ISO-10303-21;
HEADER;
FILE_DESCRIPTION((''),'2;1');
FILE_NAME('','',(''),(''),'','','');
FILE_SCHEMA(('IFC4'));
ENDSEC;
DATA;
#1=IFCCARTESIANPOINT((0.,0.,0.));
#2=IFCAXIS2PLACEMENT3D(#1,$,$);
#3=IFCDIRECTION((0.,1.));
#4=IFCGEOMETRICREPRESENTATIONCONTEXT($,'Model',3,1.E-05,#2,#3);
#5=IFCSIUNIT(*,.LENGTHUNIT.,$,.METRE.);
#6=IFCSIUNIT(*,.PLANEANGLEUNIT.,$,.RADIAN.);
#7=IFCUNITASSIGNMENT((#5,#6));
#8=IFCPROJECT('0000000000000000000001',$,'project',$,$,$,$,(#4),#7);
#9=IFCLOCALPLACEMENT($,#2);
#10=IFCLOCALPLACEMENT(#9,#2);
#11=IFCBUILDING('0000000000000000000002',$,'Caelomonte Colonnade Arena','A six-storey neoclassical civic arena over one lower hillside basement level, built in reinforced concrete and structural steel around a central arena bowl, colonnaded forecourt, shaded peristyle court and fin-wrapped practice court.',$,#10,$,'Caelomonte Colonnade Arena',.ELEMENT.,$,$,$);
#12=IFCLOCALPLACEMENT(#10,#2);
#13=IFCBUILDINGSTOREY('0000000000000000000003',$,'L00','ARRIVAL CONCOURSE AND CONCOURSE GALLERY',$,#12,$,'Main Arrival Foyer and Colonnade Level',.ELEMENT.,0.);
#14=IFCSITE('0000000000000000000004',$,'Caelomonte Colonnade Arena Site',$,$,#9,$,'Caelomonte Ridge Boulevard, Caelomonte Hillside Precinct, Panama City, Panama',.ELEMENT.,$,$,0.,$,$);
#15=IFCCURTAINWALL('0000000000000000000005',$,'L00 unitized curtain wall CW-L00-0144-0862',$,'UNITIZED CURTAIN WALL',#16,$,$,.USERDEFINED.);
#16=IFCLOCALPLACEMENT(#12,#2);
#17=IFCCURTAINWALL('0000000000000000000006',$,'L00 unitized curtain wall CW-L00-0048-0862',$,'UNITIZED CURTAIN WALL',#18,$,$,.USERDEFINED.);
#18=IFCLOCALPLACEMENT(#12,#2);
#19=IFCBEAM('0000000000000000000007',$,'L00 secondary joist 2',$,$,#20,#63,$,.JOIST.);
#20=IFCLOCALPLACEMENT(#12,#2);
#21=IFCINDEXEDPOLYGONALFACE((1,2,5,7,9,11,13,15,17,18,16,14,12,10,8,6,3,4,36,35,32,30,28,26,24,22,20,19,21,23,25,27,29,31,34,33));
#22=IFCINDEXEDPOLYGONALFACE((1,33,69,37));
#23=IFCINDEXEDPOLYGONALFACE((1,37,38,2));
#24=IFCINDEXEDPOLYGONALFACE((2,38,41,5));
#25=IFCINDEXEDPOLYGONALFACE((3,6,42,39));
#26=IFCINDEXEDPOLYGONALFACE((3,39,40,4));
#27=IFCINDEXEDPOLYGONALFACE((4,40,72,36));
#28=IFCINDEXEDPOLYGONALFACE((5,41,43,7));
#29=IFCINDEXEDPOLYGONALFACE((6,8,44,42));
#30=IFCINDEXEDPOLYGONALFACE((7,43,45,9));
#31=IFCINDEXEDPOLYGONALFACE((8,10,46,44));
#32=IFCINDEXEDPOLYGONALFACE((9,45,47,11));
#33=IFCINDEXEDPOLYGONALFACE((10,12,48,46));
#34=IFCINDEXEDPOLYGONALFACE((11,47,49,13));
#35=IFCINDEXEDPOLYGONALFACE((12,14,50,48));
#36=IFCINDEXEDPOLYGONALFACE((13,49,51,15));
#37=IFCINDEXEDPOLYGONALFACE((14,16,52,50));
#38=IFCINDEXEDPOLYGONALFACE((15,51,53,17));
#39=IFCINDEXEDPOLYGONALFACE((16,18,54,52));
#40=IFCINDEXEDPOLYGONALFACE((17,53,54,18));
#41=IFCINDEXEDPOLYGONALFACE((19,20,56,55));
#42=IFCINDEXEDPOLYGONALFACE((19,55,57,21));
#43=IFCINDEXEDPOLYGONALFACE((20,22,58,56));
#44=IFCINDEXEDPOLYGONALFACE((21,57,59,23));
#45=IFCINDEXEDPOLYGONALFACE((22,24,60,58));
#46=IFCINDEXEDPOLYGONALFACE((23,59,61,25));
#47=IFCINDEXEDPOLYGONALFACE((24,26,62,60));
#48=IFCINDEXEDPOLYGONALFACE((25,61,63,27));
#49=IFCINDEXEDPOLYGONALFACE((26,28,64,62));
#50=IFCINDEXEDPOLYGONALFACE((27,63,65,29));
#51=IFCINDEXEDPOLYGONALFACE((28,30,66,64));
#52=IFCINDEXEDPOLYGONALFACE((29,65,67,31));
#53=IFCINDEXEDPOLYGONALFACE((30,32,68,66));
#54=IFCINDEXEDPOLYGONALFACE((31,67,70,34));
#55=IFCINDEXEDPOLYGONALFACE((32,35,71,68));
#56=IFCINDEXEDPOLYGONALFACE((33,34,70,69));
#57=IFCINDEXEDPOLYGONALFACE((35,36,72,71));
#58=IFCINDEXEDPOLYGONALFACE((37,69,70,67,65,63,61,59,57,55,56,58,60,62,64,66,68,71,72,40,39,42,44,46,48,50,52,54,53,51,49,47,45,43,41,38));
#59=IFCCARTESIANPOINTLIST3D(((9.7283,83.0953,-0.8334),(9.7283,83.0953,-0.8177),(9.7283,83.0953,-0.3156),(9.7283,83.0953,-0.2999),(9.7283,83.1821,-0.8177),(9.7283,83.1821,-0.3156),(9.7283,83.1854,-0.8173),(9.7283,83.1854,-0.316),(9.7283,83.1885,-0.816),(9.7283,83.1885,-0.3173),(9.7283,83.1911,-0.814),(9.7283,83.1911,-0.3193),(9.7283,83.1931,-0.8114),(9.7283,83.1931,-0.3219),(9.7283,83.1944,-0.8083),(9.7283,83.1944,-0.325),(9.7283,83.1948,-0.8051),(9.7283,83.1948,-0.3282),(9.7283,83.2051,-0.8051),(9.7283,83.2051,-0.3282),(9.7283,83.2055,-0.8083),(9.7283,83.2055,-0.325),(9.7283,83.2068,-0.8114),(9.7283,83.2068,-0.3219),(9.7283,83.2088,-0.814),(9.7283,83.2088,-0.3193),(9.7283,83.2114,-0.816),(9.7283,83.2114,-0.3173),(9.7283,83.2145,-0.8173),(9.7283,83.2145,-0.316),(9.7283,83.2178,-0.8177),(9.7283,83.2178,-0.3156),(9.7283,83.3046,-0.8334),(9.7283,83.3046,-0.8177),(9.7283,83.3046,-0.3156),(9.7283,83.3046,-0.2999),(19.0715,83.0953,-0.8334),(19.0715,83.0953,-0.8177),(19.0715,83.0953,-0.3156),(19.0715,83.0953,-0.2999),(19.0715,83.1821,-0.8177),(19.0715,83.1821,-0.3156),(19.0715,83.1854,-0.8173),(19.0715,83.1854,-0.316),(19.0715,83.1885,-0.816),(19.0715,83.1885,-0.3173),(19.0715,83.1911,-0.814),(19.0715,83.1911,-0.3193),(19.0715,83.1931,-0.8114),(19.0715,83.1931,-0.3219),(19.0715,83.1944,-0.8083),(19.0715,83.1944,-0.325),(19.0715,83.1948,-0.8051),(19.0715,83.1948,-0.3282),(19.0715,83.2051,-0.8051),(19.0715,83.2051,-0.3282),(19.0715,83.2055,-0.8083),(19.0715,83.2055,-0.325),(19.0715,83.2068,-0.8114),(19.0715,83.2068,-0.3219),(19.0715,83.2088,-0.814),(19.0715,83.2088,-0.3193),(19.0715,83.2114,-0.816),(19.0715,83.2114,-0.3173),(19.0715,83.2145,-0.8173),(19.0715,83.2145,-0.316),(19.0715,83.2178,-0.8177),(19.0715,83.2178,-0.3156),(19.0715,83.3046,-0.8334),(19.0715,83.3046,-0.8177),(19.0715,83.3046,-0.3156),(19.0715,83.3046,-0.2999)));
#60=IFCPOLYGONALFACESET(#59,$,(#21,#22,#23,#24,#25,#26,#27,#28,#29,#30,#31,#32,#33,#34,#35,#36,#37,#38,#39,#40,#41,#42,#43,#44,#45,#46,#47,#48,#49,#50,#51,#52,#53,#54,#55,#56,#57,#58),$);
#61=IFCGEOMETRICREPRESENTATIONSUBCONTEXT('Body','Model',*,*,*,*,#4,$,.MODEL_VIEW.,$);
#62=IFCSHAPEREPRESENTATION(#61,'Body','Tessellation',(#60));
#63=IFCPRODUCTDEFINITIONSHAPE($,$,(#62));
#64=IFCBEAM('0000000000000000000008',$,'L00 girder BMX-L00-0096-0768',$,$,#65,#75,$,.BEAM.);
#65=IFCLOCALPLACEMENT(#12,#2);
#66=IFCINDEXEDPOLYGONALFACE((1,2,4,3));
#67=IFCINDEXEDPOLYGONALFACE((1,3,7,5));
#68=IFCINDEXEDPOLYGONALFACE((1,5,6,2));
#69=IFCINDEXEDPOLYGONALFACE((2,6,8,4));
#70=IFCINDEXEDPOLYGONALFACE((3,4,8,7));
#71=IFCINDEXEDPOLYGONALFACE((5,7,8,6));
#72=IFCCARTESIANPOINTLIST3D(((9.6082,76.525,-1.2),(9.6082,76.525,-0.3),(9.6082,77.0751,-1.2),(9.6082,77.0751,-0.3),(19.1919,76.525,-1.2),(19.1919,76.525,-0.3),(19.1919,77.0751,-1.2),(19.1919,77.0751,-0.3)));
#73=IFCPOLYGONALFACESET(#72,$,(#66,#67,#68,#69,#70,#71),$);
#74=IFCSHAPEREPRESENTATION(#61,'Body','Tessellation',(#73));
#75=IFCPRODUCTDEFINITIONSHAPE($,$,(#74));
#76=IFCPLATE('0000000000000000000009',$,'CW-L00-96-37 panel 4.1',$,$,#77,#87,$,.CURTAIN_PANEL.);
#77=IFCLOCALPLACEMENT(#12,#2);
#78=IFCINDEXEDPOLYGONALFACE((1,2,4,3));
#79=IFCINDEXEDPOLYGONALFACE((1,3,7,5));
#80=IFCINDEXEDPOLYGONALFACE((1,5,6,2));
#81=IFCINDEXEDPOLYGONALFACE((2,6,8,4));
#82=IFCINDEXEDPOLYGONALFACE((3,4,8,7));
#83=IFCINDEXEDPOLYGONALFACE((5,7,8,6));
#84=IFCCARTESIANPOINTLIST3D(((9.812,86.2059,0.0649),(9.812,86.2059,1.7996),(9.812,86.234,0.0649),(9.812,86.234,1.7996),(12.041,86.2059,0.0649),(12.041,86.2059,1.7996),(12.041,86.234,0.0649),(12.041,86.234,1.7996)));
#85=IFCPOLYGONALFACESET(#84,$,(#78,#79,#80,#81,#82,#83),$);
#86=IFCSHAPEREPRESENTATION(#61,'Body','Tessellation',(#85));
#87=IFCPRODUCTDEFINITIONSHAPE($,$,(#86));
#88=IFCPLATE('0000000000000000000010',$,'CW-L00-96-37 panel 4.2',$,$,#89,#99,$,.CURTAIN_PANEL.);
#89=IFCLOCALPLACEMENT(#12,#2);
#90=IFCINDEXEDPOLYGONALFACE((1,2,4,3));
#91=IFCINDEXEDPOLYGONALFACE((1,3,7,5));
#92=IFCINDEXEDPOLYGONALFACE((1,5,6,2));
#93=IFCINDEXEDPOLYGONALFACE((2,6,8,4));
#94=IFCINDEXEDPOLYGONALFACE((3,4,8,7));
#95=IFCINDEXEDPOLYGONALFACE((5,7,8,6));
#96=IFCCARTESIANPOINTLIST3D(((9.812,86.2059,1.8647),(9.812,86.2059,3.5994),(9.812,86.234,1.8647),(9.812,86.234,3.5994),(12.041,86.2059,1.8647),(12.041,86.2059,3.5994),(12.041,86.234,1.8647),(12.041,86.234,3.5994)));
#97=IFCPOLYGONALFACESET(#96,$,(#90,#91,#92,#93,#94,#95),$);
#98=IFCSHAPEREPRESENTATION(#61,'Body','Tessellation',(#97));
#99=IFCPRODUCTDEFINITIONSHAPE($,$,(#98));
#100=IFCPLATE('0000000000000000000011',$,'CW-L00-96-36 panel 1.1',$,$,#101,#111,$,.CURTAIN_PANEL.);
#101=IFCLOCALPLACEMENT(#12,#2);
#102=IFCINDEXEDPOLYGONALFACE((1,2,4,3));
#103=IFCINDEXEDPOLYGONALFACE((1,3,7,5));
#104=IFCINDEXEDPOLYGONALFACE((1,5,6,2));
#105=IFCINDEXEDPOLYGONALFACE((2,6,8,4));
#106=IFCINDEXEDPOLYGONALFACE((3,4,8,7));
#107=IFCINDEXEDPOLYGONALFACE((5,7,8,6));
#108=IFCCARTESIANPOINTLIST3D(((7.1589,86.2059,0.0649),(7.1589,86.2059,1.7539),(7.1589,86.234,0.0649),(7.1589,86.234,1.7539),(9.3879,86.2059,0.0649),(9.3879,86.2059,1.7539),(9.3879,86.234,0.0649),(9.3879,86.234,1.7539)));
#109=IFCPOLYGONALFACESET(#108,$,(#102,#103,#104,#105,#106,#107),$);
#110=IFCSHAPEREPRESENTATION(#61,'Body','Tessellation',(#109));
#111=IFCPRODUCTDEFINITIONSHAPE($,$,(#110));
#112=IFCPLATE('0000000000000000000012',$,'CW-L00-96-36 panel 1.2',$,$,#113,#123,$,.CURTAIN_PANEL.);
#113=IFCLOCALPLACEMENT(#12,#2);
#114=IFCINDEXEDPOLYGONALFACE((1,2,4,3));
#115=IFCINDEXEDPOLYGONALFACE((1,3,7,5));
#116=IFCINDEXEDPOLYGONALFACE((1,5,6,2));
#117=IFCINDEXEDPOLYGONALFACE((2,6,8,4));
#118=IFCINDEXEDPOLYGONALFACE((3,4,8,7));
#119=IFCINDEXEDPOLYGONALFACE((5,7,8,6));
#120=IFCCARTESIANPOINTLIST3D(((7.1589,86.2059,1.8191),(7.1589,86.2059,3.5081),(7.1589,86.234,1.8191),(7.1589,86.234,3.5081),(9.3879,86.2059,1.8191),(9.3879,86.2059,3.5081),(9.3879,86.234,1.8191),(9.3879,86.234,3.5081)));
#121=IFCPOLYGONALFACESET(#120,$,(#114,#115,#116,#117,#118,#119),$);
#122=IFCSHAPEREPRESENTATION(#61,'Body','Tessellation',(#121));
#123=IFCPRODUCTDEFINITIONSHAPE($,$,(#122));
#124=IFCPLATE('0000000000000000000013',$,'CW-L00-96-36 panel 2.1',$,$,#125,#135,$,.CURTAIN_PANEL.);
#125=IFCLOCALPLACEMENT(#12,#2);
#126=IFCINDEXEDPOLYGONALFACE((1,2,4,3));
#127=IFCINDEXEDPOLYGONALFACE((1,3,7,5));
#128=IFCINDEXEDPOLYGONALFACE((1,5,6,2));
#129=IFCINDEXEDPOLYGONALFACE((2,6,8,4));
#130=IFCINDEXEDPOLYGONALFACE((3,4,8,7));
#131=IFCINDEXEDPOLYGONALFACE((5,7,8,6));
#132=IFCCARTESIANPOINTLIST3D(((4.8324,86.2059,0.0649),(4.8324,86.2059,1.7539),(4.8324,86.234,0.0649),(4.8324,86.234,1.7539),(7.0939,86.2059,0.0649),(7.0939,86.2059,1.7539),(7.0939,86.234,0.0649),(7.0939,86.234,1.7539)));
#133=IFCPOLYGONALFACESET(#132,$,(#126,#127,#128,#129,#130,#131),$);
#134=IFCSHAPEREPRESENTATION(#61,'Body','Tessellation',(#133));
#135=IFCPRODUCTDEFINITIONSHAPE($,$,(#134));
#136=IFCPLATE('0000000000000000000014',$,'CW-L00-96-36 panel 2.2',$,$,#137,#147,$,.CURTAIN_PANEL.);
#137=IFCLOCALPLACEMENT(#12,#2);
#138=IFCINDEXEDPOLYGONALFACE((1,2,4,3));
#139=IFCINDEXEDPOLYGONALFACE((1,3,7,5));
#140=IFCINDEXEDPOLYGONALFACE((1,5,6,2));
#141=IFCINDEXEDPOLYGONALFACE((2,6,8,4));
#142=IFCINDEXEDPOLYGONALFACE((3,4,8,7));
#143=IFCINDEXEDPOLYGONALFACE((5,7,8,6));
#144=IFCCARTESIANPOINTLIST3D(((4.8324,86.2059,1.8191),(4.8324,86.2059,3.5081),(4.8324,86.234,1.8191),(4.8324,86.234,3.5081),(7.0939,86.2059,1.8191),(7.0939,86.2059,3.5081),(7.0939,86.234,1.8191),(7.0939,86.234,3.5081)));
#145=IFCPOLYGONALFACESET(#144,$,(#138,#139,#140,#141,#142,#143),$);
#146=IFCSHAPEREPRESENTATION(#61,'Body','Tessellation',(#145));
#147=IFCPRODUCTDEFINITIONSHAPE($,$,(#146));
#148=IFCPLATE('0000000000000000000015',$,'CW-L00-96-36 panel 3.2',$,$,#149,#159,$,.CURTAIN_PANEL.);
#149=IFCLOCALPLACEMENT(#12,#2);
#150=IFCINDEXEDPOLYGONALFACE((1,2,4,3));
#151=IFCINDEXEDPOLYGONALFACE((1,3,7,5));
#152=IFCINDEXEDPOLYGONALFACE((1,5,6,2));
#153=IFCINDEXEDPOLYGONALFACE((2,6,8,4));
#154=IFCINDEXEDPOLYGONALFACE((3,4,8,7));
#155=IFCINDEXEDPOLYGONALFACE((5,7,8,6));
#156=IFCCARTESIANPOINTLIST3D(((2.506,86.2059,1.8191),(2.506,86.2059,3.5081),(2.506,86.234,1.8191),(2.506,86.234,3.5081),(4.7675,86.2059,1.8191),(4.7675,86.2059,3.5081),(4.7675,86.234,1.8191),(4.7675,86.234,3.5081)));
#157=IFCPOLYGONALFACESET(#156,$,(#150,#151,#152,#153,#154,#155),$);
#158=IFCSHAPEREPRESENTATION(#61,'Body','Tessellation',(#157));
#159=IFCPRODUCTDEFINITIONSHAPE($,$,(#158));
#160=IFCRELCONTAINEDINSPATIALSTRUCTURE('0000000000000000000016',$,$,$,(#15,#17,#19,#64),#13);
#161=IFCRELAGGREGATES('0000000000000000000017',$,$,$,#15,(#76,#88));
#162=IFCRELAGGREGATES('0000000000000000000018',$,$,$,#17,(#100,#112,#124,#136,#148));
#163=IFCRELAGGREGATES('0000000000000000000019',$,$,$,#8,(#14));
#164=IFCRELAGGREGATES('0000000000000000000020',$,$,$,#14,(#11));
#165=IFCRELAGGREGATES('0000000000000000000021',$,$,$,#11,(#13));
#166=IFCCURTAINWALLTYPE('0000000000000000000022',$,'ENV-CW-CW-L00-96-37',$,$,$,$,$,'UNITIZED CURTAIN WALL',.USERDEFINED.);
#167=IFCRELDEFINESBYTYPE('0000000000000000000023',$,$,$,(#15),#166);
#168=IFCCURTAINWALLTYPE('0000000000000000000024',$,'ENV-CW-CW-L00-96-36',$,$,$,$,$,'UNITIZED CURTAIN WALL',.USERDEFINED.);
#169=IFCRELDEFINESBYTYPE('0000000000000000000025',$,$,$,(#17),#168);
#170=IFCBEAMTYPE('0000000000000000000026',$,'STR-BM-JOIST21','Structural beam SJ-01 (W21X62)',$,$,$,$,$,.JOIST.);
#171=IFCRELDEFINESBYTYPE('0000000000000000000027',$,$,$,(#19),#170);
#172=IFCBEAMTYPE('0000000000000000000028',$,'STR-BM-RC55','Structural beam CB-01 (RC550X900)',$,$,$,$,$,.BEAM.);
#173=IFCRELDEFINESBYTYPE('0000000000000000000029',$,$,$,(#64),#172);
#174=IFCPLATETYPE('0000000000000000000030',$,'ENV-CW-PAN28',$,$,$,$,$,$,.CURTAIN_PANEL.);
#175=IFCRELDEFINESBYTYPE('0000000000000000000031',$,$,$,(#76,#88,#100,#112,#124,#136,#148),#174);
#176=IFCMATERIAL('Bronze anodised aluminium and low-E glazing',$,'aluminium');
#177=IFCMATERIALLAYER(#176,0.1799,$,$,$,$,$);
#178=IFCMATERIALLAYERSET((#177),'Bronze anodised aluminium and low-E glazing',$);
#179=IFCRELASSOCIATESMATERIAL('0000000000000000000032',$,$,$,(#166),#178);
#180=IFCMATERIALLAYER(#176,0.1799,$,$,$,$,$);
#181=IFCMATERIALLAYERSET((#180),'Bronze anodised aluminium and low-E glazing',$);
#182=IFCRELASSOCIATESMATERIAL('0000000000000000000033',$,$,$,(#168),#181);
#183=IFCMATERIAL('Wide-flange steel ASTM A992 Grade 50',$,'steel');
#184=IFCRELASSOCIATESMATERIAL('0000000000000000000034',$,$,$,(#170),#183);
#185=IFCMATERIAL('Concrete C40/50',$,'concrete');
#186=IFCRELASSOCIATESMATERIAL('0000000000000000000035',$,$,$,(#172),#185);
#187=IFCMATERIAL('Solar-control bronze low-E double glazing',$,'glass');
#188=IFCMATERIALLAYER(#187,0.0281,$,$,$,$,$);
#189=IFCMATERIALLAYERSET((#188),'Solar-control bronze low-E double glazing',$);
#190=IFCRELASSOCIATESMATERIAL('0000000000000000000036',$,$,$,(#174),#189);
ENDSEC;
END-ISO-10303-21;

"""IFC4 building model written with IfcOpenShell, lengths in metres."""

from ifc_helpers import new_model, si_unit, direction, frame, origin, origin_2d, place, context, subcontext, project, spatial, rectangle, i_section, extrude, material, layer, layer_set, material_profile, profile_set, type_object, element, aggregate, save


model = new_model("IFC4")

# Units and contexts
model_context = context("Model", 3, precision=1e-05, world=origin(), true_north=direction((0.0, 1.0)))
body_context = subcontext(model_context, "Body", "Model", "MODEL_VIEW")
ifc_project = project(units=[si_unit("LENGTHUNIT", "METRE"), si_unit("PLANEANGLEUNIT", "RADIAN")], contexts=[model_context])

# Site, building, storey
site_placement = place(None, origin())
site = spatial("IfcSite", under=ifc_project, at=site_placement, Name="Caelomonte Colonnade Arena Site", LongName="Caelomonte Ridge Boulevard, Caelomonte Hillside Precinct, Panama City, Panama", CompositionType="ELEMENT", RefElevation=0.0)
building_placement = place(site_placement, origin())
building = spatial("IfcBuilding", under=site, at=building_placement, Name="Caelomonte Colonnade Arena", Description="A six-storey neoclassical civic arena over one lower hillside basement level, built in reinforced concrete and structural steel around a central arena bowl, colonnaded forecourt, shaded peristyle court and fin-wrapped practice court.", LongName="Caelomonte Colonnade Arena", CompositionType="ELEMENT")
storey_placement = place(building_placement, origin())
storey = spatial("IfcBuildingStorey", under=building, at=storey_placement, Name="L00", Description="ARRIVAL CONCOURSE AND CONCOURSE GALLERY", LongName="Main Arrival Foyer and Colonnade Level", CompositionType="ELEMENT", Elevation=0.0)

# Shared definitions
ifc_material_1 = material(Name="Wide-flange steel ASTM A992 Grade 50", Category="steel")

# Curtain wall
ifc_material_2 = material(Name="Bronze anodised aluminium and low-E glazing", Category="aluminium")
ifc_layer_1 = layer(ifc_material_2, 0.1799)
ifc_layer_set_1 = layer_set([ifc_layer_1], Name="Bronze anodised aluminium and low-E glazing")
curtain_wall_type_1 = type_object("IfcCurtainWallType", Name="ENV-CW-CW-L00-96-37", ElementType="UNITIZED CURTAIN WALL", PredefinedType="USERDEFINED", material=ifc_layer_set_1)
curtain_wall_1_placement = place(storey_placement, origin())
curtain_wall_1 = element("IfcCurtainWall", 1, at=curtain_wall_1_placement, inside=storey, type_object=curtain_wall_type_1, Name="L00 unitized curtain wall CW-L00-0144-0862", ObjectType="UNITIZED CURTAIN WALL", PredefinedType="USERDEFINED")

# Curtain wall
ifc_layer_2 = layer(ifc_material_2, 0.1799)
ifc_layer_set_2 = layer_set([ifc_layer_2], Name="Bronze anodised aluminium and low-E glazing")
curtain_wall_type_2 = type_object("IfcCurtainWallType", Name="ENV-CW-CW-L00-96-36", ElementType="UNITIZED CURTAIN WALL", PredefinedType="USERDEFINED", material=ifc_layer_set_2)
curtain_wall_2_placement = place(storey_placement, origin())
curtain_wall_2 = element("IfcCurtainWall", 2, at=curtain_wall_2_placement, inside=storey, type_object=curtain_wall_type_2, Name="L00 unitized curtain wall CW-L00-0048-0862", ObjectType="UNITIZED CURTAIN WALL", PredefinedType="USERDEFINED")

# Beams
ifc_material_profile_1 = material_profile(ifc_material_1, i_section(OverallWidth=0.2092, OverallDepth=0.5334, WebThickness=0.0103, FlangeThickness=0.0156, FilletRadius=0.0127, at=origin_2d()), Name="W21X62")
ifc_profile_set_1 = profile_set([ifc_material_profile_1], Name="Wide-flange steel ASTM A992 Grade 50")
beam_type_1 = type_object("IfcBeamType", Name="STR-BM-JOIST21", Description="Structural beam SJ-01 (W21X62)", PredefinedType="JOIST", material=ifc_profile_set_1)
for number, where, z_axis, x_axis, name in (
    (3, (9.7283, 83.2, -0.5667), (1.0, 0.0, 0.0), (0.0, 1.0, 0.0), "L00 secondary joist 2"),
):
    element("IfcBeam", number, at=place(storey_placement, frame(where, z_axis=z_axis, x_axis=x_axis)), inside=storey, type_object=beam_type_1, Name=name, PredefinedType="JOIST", context=body_context, shape_type="SweptSolid", body=[
        extrude(i_section(OverallWidth=0.2092, OverallDepth=0.5334, WebThickness=0.0103, FlangeThickness=0.0156, FilletRadius=0.0127, at=origin_2d()), origin(), (0.0, 0.0, 1.0), 9.3433),
    ])
ifc_material_3 = material(Name="Concrete C40/50", Category="concrete")
ifc_material_profile_2 = material_profile(ifc_material_3, rectangle(XDim=0.55, YDim=0.8999, at=origin_2d()), Name="RC550X900")
ifc_profile_set_2 = profile_set([ifc_material_profile_2], Name="Concrete C40/50")
beam_type_2 = type_object("IfcBeamType", Name="STR-BM-RC55", Description="Structural beam CB-01 (RC550X900)", PredefinedType="BEAM", material=ifc_profile_set_2)
beam_1_placement = place(storey_placement, frame((9.6082, 76.8, -0.75), z_axis=(1.0, 0.0, 0.0), x_axis=(0.0, 1.0, 0.0)))
element("IfcBeam", 4, at=beam_1_placement, inside=storey, type_object=beam_type_2, Name="L00 girder BMX-L00-0096-0768", PredefinedType="BEAM", context=body_context, shape_type="SweptSolid", body=[
    extrude(rectangle(XDim=0.55, YDim=0.8999, at=origin_2d()), origin(), (0.0, 0.0, 1.0), 9.5837),
])

# Plates
ifc_material_4 = material(Name="Solar-control bronze low-E double glazing", Category="glass")
ifc_layer_3 = layer(ifc_material_4, 0.0281)
ifc_layer_set_3 = layer_set([ifc_layer_3], Name="Solar-control bronze low-E double glazing")
plate_type = type_object("IfcPlateType", Name="ENV-CW-PAN28", PredefinedType="CURTAIN_PANEL", material=ifc_layer_set_3)
plate_1_placement = place(storey_placement, frame((10.9265, 86.22, 0.0649), z_axis=(0.0, 0.0, 1.0), x_axis=(-1.0, 0.0, 0.0)))
plate_1 = element("IfcPlate", 5, at=plate_1_placement, type_object=plate_type, Name="CW-L00-96-37 panel 4.1", PredefinedType="CURTAIN_PANEL", context=body_context, shape_type="SweptSolid", body=[
    extrude(rectangle(XDim=2.229, YDim=0.0281, at=origin_2d()), origin(), (0.0, 0.0, 1.0), 1.7346),
])
plate_2_placement = place(storey_placement, frame((10.9265, 86.22, 1.8647), z_axis=(0.0, 0.0, 1.0), x_axis=(-1.0, 0.0, 0.0)))
plate_2 = element("IfcPlate", 6, at=plate_2_placement, type_object=plate_type, Name="CW-L00-96-37 panel 4.2", PredefinedType="CURTAIN_PANEL", context=body_context, shape_type="SweptSolid", body=[
    extrude(rectangle(XDim=2.229, YDim=0.0281, at=origin_2d()), origin(), (0.0, 0.0, 1.0), 1.7346),
])
aggregate(curtain_wall_1, [plate_1, plate_2])
plate_3_placement = place(storey_placement, frame((8.2734, 86.22, 0.0649), z_axis=(0.0, 0.0, 1.0), x_axis=(-1.0, 0.0, 0.0)))
plate_3 = element("IfcPlate", 7, at=plate_3_placement, type_object=plate_type, Name="CW-L00-96-36 panel 1.1", PredefinedType="CURTAIN_PANEL", context=body_context, shape_type="SweptSolid", body=[
    extrude(rectangle(XDim=2.229, YDim=0.0281, at=origin_2d()), origin(), (0.0, 0.0, 1.0), 1.689),
])
plate_4_placement = place(storey_placement, frame((8.2734, 86.22, 1.8191), z_axis=(0.0, 0.0, 1.0), x_axis=(-1.0, 0.0, 0.0)))
plate_4 = element("IfcPlate", 8, at=plate_4_placement, type_object=plate_type, Name="CW-L00-96-36 panel 1.2", PredefinedType="CURTAIN_PANEL", context=body_context, shape_type="SweptSolid", body=[
    extrude(rectangle(XDim=2.229, YDim=0.0281, at=origin_2d()), origin(), (0.0, 0.0, 1.0), 1.689),
])
plate_5_placement = place(storey_placement, frame((5.9631, 86.22, 0.0649), z_axis=(0.0, 0.0, 1.0), x_axis=(-1.0, 0.0, 0.0)))
plate_5 = element("IfcPlate", 9, at=plate_5_placement, type_object=plate_type, Name="CW-L00-96-36 panel 2.1", PredefinedType="CURTAIN_PANEL", context=body_context, shape_type="SweptSolid", body=[
    extrude(rectangle(XDim=2.2615, YDim=0.0281, at=origin_2d()), origin(), (0.0, 0.0, 1.0), 1.689),
])
plate_6_placement = place(storey_placement, frame((5.9631, 86.22, 1.8191), z_axis=(0.0, 0.0, 1.0), x_axis=(-1.0, 0.0, 0.0)))
plate_6 = element("IfcPlate", 10, at=plate_6_placement, type_object=plate_type, Name="CW-L00-96-36 panel 2.2", PredefinedType="CURTAIN_PANEL", context=body_context, shape_type="SweptSolid", body=[
    extrude(rectangle(XDim=2.2615, YDim=0.0281, at=origin_2d()), origin(), (0.0, 0.0, 1.0), 1.689),
])
plate_7_placement = place(storey_placement, frame((3.6367, 86.22, 1.8191), z_axis=(0.0, 0.0, 1.0), x_axis=(-1.0, 0.0, 0.0)))
plate_7 = element("IfcPlate", 11, at=plate_7_placement, type_object=plate_type, Name="CW-L00-96-36 panel 3.2", PredefinedType="CURTAIN_PANEL", context=body_context, shape_type="SweptSolid", body=[
    extrude(rectangle(XDim=2.2615, YDim=0.0281, at=origin_2d()), origin(), (0.0, 0.0, 1.0), 1.689),
])
aggregate(curtain_wall_2, [plate_3, plate_4, plate_5, plate_6, plate_7])

save(model, "model.ifc")
